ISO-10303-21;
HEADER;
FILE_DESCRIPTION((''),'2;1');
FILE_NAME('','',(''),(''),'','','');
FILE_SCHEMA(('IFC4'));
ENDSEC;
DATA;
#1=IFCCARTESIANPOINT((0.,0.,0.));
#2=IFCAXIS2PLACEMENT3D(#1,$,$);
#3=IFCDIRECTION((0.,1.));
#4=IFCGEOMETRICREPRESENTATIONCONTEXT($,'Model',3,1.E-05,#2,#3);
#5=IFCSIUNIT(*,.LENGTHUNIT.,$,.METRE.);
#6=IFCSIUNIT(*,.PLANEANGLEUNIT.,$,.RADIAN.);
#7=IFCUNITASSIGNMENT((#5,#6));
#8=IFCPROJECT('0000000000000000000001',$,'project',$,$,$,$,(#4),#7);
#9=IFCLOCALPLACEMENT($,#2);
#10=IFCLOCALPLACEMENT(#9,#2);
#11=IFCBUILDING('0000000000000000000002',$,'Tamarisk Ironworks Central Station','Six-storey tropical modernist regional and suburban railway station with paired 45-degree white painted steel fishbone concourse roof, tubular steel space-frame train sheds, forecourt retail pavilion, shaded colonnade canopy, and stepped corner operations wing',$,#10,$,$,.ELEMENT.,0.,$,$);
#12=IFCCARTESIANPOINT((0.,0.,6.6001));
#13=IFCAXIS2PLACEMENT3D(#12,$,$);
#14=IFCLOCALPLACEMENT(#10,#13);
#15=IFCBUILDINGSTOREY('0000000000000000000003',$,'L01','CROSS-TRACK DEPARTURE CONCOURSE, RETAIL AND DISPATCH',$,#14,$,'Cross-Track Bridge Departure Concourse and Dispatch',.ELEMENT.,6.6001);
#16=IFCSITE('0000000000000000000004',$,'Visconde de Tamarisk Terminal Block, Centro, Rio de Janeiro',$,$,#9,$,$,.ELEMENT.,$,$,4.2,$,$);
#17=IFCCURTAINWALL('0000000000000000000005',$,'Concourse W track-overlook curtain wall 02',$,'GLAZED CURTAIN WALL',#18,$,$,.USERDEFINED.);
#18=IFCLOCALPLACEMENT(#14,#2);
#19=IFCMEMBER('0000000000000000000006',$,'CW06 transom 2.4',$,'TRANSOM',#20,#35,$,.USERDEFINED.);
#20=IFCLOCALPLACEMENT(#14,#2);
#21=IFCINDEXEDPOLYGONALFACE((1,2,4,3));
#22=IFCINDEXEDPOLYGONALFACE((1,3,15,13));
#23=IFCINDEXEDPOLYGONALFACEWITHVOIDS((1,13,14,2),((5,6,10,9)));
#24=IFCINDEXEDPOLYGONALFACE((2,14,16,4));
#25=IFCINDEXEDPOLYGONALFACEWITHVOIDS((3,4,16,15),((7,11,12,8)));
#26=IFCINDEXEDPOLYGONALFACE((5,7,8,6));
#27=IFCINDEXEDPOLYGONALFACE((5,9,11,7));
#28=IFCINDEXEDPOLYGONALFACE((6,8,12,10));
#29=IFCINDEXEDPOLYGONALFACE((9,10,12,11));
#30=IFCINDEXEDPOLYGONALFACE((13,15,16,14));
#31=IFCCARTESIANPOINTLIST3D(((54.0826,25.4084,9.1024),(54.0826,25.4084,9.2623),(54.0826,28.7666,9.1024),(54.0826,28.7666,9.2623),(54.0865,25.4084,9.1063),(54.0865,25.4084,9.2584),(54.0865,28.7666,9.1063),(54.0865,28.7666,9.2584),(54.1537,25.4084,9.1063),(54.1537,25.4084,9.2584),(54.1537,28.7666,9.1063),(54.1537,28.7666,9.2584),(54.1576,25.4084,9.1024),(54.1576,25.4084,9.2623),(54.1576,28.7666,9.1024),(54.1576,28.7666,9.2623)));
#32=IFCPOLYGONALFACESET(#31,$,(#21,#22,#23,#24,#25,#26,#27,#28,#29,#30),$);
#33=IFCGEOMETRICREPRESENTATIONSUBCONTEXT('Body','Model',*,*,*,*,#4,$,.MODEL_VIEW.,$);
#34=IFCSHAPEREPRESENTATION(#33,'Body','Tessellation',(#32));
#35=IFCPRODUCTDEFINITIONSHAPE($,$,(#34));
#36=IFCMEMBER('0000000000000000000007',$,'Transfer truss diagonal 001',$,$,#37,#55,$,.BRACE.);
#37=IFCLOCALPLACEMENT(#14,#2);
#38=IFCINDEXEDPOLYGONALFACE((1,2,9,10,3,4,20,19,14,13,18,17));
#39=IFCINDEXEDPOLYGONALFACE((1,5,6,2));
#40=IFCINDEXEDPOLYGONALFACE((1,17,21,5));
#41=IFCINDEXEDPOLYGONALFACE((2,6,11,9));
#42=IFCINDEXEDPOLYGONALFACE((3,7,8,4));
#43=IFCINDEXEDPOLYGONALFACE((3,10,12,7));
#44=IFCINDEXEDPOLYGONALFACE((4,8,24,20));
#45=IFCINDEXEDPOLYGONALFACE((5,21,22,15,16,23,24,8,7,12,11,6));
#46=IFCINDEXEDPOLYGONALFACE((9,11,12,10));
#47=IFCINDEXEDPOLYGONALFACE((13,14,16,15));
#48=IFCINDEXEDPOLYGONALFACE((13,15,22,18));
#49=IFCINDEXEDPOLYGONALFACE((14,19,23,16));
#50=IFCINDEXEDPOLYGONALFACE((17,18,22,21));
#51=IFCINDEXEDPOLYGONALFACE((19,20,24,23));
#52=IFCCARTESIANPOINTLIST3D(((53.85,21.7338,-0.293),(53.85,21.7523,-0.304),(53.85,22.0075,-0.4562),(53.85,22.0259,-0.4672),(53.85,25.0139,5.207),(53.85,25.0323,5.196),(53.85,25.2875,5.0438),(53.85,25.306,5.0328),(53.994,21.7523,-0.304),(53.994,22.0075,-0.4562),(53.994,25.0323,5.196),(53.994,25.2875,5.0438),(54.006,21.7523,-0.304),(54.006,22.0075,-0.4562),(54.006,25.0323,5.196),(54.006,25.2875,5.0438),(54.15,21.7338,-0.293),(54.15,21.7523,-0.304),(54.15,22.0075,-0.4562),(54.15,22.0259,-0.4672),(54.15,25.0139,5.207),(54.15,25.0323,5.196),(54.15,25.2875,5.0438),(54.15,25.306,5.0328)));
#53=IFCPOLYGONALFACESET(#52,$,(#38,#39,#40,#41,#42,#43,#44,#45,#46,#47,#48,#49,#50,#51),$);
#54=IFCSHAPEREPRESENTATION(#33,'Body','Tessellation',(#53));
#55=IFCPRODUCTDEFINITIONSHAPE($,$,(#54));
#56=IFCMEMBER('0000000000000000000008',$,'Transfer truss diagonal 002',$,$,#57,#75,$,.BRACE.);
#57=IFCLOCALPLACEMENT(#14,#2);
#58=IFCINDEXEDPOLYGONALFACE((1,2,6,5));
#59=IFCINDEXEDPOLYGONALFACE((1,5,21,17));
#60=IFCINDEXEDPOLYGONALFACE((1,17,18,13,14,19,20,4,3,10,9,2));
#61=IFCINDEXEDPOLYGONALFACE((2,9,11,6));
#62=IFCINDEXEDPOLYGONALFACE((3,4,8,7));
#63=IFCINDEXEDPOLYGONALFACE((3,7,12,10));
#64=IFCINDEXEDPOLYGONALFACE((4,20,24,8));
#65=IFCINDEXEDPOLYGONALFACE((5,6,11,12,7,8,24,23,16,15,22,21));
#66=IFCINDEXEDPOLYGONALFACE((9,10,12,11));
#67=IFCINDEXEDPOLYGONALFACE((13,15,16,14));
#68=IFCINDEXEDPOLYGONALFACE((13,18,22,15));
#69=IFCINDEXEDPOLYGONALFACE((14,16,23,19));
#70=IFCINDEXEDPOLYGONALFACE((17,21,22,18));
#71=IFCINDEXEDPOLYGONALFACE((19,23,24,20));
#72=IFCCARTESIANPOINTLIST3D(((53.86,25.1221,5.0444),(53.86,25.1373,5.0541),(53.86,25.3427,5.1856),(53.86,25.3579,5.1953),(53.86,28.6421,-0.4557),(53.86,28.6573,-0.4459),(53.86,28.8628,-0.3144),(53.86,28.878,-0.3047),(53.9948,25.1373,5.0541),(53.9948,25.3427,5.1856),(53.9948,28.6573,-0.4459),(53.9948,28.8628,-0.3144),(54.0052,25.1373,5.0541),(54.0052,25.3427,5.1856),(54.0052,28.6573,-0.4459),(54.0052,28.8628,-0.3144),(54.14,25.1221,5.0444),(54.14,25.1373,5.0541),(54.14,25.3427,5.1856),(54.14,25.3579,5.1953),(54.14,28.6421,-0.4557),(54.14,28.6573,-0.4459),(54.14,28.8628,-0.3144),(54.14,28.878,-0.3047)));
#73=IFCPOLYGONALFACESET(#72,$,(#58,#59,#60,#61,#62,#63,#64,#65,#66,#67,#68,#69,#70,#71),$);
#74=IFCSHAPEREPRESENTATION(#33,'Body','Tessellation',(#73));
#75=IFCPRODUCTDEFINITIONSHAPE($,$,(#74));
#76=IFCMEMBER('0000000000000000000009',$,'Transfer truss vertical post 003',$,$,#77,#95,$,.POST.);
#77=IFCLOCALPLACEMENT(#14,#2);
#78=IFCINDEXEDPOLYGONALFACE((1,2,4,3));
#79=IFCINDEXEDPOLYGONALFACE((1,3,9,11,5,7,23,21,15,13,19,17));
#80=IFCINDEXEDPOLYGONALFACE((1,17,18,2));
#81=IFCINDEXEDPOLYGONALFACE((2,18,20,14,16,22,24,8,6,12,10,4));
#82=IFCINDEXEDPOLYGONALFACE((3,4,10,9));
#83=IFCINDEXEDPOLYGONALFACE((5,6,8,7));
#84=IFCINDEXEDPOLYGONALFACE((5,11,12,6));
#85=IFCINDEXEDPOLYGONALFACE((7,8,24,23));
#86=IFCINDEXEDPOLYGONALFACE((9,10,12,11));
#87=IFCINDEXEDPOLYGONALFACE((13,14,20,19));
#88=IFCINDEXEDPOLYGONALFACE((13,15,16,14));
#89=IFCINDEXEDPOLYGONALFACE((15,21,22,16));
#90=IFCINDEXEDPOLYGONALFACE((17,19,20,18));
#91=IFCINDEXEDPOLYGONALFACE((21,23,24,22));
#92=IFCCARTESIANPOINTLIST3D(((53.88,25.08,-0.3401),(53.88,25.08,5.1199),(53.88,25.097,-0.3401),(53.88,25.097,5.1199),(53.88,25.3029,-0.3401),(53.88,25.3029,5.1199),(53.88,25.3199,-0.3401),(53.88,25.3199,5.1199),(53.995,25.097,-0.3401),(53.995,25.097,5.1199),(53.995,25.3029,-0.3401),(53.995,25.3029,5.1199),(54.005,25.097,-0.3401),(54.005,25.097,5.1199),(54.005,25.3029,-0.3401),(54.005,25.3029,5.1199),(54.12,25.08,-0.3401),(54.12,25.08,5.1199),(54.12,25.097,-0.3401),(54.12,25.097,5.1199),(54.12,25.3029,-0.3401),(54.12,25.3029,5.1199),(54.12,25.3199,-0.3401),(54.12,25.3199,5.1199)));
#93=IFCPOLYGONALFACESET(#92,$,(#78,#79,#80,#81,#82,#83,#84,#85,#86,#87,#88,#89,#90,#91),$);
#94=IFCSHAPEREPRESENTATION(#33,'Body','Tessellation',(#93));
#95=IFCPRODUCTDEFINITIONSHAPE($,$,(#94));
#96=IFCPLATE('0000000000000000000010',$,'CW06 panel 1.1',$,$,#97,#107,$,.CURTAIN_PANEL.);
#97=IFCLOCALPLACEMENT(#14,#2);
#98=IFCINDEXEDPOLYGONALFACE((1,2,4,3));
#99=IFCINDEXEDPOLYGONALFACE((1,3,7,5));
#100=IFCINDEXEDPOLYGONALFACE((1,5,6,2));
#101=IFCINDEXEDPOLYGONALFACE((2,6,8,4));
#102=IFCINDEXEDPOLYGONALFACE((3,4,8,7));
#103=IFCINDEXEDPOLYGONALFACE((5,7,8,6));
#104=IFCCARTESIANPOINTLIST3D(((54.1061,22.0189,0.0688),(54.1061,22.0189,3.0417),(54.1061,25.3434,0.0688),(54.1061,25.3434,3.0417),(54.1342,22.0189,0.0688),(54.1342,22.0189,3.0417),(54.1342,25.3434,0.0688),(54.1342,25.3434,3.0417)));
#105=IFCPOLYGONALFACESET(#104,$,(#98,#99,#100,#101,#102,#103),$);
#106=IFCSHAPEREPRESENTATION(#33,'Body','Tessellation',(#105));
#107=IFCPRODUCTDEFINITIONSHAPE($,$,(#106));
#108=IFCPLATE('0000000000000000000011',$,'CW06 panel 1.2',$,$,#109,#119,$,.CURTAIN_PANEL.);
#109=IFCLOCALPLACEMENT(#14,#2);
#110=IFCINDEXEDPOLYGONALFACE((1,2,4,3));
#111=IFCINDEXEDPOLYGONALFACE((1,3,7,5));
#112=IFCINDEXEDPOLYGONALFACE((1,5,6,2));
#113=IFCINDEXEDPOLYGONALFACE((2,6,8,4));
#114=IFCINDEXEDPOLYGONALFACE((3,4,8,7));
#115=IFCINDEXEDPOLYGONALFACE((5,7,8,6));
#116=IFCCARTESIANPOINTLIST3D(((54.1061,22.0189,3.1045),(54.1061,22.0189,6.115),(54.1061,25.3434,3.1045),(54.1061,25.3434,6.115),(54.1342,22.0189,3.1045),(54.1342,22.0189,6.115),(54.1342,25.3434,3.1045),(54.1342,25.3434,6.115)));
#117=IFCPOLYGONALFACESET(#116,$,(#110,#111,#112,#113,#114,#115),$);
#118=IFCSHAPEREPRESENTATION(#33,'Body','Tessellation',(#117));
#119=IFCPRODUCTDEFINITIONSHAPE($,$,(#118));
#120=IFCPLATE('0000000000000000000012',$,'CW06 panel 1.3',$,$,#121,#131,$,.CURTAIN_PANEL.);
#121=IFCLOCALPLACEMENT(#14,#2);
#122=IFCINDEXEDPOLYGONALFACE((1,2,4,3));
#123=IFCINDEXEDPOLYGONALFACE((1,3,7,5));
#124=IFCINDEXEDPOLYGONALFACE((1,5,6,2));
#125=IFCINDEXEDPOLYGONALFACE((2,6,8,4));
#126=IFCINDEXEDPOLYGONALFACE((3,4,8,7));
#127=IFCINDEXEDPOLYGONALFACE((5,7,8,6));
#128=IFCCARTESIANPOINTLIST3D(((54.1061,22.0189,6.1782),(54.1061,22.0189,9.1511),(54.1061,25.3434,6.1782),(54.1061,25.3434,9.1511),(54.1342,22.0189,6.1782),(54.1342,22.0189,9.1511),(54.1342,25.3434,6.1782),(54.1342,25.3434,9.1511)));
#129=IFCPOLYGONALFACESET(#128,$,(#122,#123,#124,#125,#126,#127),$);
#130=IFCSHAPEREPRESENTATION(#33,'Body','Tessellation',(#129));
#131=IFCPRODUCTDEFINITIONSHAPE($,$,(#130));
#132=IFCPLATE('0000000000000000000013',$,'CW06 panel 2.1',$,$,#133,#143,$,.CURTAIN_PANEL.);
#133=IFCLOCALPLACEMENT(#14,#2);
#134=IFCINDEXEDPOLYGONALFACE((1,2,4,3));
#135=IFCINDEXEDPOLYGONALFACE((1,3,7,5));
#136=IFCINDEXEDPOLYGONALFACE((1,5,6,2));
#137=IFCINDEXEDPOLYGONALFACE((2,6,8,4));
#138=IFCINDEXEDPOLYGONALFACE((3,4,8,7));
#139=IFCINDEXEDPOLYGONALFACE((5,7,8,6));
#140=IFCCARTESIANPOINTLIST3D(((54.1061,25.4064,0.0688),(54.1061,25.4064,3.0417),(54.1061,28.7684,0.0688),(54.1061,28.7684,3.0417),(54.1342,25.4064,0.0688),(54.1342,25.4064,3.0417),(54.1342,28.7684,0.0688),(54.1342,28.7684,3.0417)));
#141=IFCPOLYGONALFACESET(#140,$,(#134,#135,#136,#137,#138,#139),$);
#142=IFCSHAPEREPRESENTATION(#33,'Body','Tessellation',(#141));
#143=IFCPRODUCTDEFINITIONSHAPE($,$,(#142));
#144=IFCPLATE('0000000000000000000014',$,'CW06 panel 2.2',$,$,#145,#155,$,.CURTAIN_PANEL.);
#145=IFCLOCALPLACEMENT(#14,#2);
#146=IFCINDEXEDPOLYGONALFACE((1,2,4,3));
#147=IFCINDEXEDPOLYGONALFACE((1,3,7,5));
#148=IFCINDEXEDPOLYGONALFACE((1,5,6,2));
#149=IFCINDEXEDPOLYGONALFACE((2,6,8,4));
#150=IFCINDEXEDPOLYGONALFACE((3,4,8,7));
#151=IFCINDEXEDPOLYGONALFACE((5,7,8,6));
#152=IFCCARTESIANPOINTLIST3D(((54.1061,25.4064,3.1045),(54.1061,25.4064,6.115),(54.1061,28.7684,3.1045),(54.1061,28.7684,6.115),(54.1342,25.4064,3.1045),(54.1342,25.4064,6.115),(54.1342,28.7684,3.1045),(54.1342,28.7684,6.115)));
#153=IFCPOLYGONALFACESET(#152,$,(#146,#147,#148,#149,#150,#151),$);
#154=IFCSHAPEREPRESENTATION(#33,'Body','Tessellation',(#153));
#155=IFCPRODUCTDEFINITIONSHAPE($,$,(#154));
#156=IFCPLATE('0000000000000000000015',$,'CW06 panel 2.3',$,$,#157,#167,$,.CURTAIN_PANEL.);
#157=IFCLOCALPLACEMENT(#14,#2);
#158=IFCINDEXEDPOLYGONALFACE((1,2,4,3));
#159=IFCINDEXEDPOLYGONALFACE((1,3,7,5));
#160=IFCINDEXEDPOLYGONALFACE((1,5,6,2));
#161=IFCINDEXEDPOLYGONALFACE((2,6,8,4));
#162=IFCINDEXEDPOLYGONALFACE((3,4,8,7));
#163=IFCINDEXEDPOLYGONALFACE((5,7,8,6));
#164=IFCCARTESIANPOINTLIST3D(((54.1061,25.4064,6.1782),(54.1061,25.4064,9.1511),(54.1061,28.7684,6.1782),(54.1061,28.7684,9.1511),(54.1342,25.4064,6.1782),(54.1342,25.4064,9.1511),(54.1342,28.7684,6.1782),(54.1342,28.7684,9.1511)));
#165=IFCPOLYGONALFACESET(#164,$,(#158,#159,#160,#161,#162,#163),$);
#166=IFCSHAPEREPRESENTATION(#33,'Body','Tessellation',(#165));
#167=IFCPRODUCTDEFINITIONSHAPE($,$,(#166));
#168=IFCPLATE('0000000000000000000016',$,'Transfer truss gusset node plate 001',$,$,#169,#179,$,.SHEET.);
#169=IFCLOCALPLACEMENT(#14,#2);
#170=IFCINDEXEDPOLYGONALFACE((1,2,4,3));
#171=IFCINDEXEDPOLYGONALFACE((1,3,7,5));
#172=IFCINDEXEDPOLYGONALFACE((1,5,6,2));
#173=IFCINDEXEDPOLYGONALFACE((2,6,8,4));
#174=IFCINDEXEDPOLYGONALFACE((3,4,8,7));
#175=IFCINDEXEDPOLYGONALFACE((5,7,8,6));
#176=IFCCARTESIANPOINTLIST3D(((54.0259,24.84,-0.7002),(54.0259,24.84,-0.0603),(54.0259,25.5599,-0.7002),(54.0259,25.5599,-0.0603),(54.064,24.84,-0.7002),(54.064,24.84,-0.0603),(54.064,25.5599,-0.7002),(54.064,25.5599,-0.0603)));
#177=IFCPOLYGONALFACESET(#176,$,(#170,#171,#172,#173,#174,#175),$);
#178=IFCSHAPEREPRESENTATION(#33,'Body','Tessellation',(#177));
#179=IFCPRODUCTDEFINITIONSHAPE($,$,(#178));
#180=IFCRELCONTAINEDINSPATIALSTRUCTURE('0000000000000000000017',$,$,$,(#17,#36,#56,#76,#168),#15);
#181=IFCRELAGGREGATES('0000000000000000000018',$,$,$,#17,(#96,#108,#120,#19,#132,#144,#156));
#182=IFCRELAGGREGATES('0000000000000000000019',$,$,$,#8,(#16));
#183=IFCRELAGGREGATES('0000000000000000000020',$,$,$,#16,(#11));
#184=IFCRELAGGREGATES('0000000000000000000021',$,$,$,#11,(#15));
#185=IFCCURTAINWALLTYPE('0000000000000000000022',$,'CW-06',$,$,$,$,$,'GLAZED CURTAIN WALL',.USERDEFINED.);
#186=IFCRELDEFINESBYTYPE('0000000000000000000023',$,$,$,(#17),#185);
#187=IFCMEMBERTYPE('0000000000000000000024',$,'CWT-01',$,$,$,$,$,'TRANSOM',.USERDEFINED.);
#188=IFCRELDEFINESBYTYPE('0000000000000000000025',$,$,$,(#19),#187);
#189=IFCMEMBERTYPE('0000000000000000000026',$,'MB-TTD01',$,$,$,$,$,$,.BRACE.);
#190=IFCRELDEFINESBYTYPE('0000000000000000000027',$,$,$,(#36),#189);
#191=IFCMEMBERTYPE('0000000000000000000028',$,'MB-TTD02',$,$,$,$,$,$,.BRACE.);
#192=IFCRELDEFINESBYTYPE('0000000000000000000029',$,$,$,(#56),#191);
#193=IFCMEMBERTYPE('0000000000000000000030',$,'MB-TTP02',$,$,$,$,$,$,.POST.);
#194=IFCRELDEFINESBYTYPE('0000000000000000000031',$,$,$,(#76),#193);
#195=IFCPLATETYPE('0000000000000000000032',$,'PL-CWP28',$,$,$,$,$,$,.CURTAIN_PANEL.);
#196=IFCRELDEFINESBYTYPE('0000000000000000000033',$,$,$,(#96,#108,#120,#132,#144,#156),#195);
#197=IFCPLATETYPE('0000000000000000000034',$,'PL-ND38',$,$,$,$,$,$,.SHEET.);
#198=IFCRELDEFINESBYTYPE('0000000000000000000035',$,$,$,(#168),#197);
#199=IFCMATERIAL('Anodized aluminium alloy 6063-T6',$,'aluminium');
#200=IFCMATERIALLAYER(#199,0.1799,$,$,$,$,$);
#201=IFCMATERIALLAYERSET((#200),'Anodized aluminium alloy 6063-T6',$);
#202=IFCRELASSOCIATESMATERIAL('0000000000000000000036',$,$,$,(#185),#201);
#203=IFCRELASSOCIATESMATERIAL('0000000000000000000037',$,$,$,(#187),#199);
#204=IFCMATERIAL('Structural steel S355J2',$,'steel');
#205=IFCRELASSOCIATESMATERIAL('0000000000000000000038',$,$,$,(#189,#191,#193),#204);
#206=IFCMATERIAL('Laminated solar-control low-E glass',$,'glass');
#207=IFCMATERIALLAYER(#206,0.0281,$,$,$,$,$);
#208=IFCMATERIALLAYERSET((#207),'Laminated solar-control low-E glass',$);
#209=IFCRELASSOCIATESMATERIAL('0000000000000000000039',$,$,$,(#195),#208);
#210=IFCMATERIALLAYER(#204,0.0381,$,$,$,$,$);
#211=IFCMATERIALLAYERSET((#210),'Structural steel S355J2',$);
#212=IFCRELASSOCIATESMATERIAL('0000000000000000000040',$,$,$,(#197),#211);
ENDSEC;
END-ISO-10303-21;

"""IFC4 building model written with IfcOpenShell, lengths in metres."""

from ifc_helpers import new_model, si_unit, direction, frame, origin, origin_2d, place, context, subcontext, project, spatial, rectangle, hollow_rectangle, i_section, extrude, material, layer, layer_set, material_profile, profile_set, type_object, element, aggregate, save


model = new_model("IFC4")

# Units and contexts
model_context = context("Model", 3, precision=1e-05, world=origin(), true_north=direction((0.0, 1.0)))
body_context = subcontext(model_context, "Body", "Model", "MODEL_VIEW")
ifc_project = project(units=[si_unit("LENGTHUNIT", "METRE"), si_unit("PLANEANGLEUNIT", "RADIAN")], contexts=[model_context])

# Site, building, storey
site_placement = place(None, origin())
site = spatial("IfcSite", under=ifc_project, at=site_placement, Name="Visconde de Tamarisk Terminal Block, Centro, Rio de Janeiro", CompositionType="ELEMENT", RefElevation=4.2)
building_placement = place(site_placement, origin())
building = spatial("IfcBuilding", under=site, at=building_placement, Name="Tamarisk Ironworks Central Station", Description="Six-storey tropical modernist regional and suburban railway station with paired 45-degree white painted steel fishbone concourse roof, tubular steel space-frame train sheds, forecourt retail pavilion, shaded colonnade canopy, and stepped corner operations wing", CompositionType="ELEMENT", ElevationOfRefHeight=0.0)
storey_placement = place(building_placement, frame((0.0, 0.0, 6.6001)))
storey = spatial("IfcBuildingStorey", under=building, at=storey_placement, Name="L01", Description="CROSS-TRACK DEPARTURE CONCOURSE, RETAIL AND DISPATCH", LongName="Cross-Track Bridge Departure Concourse and Dispatch", CompositionType="ELEMENT", Elevation=6.6001)

# Shared definitions
ifc_material_1 = material(Name="Structural steel S355J2", Category="steel")

# Curtain wall, member
ifc_material_2 = material(Name="Anodized aluminium alloy 6063-T6", Category="aluminium")
ifc_layer_1 = layer(ifc_material_2, 0.1799)
ifc_layer_set_1 = layer_set([ifc_layer_1], Name="Anodized aluminium alloy 6063-T6")
curtain_wall_type = type_object("IfcCurtainWallType", Name="CW-06", ElementType="GLAZED CURTAIN WALL", PredefinedType="USERDEFINED", material=ifc_layer_set_1)
curtain_wall_placement = place(storey_placement, origin())
curtain_wall = element("IfcCurtainWall", 1, at=curtain_wall_placement, inside=storey, type_object=curtain_wall_type, Name="Concourse W track-overlook curtain wall 02", ObjectType="GLAZED CURTAIN WALL", PredefinedType="USERDEFINED")
ifc_material_profile_1 = material_profile(ifc_material_2, hollow_rectangle(XDim=0.075, YDim=0.1599, WallThickness=0.0039, at=origin_2d()), Name="ALUM 160x75")
ifc_profile_set_1 = profile_set([ifc_material_profile_1], Name="Anodized aluminium alloy 6063-T6")
member_type_1 = type_object("IfcMemberType", Name="CWT-01", ElementType="TRANSOM", PredefinedType="USERDEFINED", material=ifc_profile_set_1)
member_1_placement = place(storey_placement, frame((54.1201, 25.4084, 9.1824), z_axis=(0.0, 1.0, 0.0), x_axis=(-1.0, 0.0, 0.0)))
member_1 = element("IfcMember", 2, at=member_1_placement, type_object=member_type_1, Name="CW06 transom 2.4", ObjectType="TRANSOM", PredefinedType="USERDEFINED", context=body_context, shape_type="SweptSolid", body=[
    extrude(hollow_rectangle(XDim=0.075, YDim=0.1599, WallThickness=0.0039, at=origin_2d()), origin(), (0.0, 0.0, 1.0), 3.3582),
])

# Members
ifc_material_profile_2 = material_profile(ifc_material_1, i_section(OverallWidth=0.3, OverallDepth=0.3401, WebThickness=0.012, FlangeThickness=0.0215, at=origin_2d()), Name="HEB 340")
ifc_profile_set_2 = profile_set([ifc_material_profile_2], Name="Structural steel S355J2")
member_type_2 = type_object("IfcMemberType", Name="MB-TTD01", PredefinedType="BRACE", material=ifc_profile_set_2)
member_2_placement = place(storey_placement, frame((54.0, 21.8799, -0.3801), z_axis=(0.0, 0.512201, 0.858866), x_axis=(-1.0, 0.0, 0.0)))
element("IfcMember", 3, at=member_2_placement, inside=storey, type_object=member_type_2, Name="Transfer truss diagonal 001", PredefinedType="BRACE", context=body_context, shape_type="SweptSolid", body=[
    extrude(i_section(OverallWidth=0.3, OverallDepth=0.3401, WebThickness=0.012, FlangeThickness=0.0215, at=origin_2d()), origin(), (0.0, 0.0, 1.0), 6.4038),
])
ifc_material_profile_3 = material_profile(ifc_material_1, i_section(OverallWidth=0.28, OverallDepth=0.28, WebThickness=0.0105, FlangeThickness=0.0181, at=origin_2d()), Name="HEB 280")
ifc_profile_set_3 = profile_set([ifc_material_profile_3], Name="Structural steel S355J2")
member_type_3 = type_object("IfcMemberType", Name="MB-TTD02", PredefinedType="BRACE", material=ifc_profile_set_3)
member_3_placement = place(storey_placement, frame((54.0, 25.24, 5.1199), z_axis=(0.0, 0.539056, -0.84227), x_axis=(-1.0, 0.0, 0.0)))
element("IfcMember", 4, at=member_3_placement, inside=storey, type_object=member_type_3, Name="Transfer truss diagonal 002", PredefinedType="BRACE", context=body_context, shape_type="SweptSolid", body=[
    extrude(i_section(OverallWidth=0.28, OverallDepth=0.28, WebThickness=0.0105, FlangeThickness=0.0181, at=origin_2d()), origin(), (0.0, 0.0, 1.0), 6.53),
])
ifc_material_profile_4 = material_profile(ifc_material_1, i_section(OverallWidth=0.24, OverallDepth=0.24, WebThickness=0.01, FlangeThickness=0.0171, at=origin_2d()), Name="HEB 240")
ifc_profile_set_4 = profile_set([ifc_material_profile_4], Name="Structural steel S355J2")
member_type_4 = type_object("IfcMemberType", Name="MB-TTP02", PredefinedType="POST", material=ifc_profile_set_4)
member_4_placement = place(storey_placement, frame((54.0, 25.2, -0.3401), z_axis=(0.0, 0.0, 1.0), x_axis=(1.0, 0.0, 0.0)))
element("IfcMember", 5, at=member_4_placement, inside=storey, type_object=member_type_4, Name="Transfer truss vertical post 003", PredefinedType="POST", context=body_context, shape_type="SweptSolid", body=[
    extrude(i_section(OverallWidth=0.24, OverallDepth=0.24, WebThickness=0.01, FlangeThickness=0.0171, at=origin_2d()), origin(), (0.0, 0.0, 1.0), 5.46),
])

# Plates
ifc_material_3 = material(Name="Laminated solar-control low-E glass", Category="glass")
ifc_layer_2 = layer(ifc_material_3, 0.0281)
ifc_layer_set_2 = layer_set([ifc_layer_2], Name="Laminated solar-control low-E glass")
plate_type_1 = type_object("IfcPlateType", Name="PL-CWP28", PredefinedType="CURTAIN_PANEL", material=ifc_layer_set_2)
plate_1_placement = place(storey_placement, frame((54.1201, 23.6812, 0.0688), z_axis=(0.0, 0.0, 1.0), x_axis=(0.0, 1.0, 0.0)))
plate_1 = element("IfcPlate", 6, at=plate_1_placement, type_object=plate_type_1, Name="CW06 panel 1.1", PredefinedType="CURTAIN_PANEL", context=body_context, shape_type="SweptSolid", body=[
    extrude(rectangle(XDim=3.3245, YDim=0.0281, at=origin_2d()), origin(), (0.0, 0.0, 1.0), 2.9729),
])
plate_2_placement = place(storey_placement, frame((54.1201, 23.6812, 3.1045), z_axis=(0.0, 0.0, 1.0), x_axis=(0.0, 1.0, 0.0)))
plate_2 = element("IfcPlate", 7, at=plate_2_placement, type_object=plate_type_1, Name="CW06 panel 1.2", PredefinedType="CURTAIN_PANEL", context=body_context, shape_type="SweptSolid", body=[
    extrude(rectangle(XDim=3.3245, YDim=0.0281, at=origin_2d()), origin(), (0.0, 0.0, 1.0), 3.0105),
])
plate_3_placement = place(storey_placement, frame((54.1201, 23.6812, 6.1782), z_axis=(0.0, 0.0, 1.0), x_axis=(0.0, 1.0, 0.0)))
plate_3 = element("IfcPlate", 8, at=plate_3_placement, type_object=plate_type_1, Name="CW06 panel 1.3", PredefinedType="CURTAIN_PANEL", context=body_context, shape_type="SweptSolid", body=[
    extrude(rectangle(XDim=3.3245, YDim=0.0281, at=origin_2d()), origin(), (0.0, 0.0, 1.0), 2.9729),
])
plate_4_placement = place(storey_placement, frame((54.1201, 27.0874, 0.0688), z_axis=(0.0, 0.0, 1.0), x_axis=(0.0, 1.0, 0.0)))
plate_4 = element("IfcPlate", 9, at=plate_4_placement, type_object=plate_type_1, Name="CW06 panel 2.1", PredefinedType="CURTAIN_PANEL", context=body_context, shape_type="SweptSolid", body=[
    extrude(rectangle(XDim=3.3621, YDim=0.0281, at=origin_2d()), origin(), (0.0, 0.0, 1.0), 2.9729),
])
plate_5_placement = place(storey_placement, frame((54.1201, 27.0874, 3.1045), z_axis=(0.0, 0.0, 1.0), x_axis=(0.0, 1.0, 0.0)))
plate_5 = element("IfcPlate", 10, at=plate_5_placement, type_object=plate_type_1, Name="CW06 panel 2.2", PredefinedType="CURTAIN_PANEL", context=body_context, shape_type="SweptSolid", body=[
    extrude(rectangle(XDim=3.3621, YDim=0.0281, at=origin_2d()), origin(), (0.0, 0.0, 1.0), 3.0105),
])
plate_6_placement = place(storey_placement, frame((54.1201, 27.0874, 6.1782), z_axis=(0.0, 0.0, 1.0), x_axis=(0.0, 1.0, 0.0)))
plate_6 = element("IfcPlate", 11, at=plate_6_placement, type_object=plate_type_1, Name="CW06 panel 2.3", PredefinedType="CURTAIN_PANEL", context=body_context, shape_type="SweptSolid", body=[
    extrude(rectangle(XDim=3.3621, YDim=0.0281, at=origin_2d()), origin(), (0.0, 0.0, 1.0), 2.9729),
])
aggregate(curtain_wall, [plate_1, plate_2, plate_3, member_1, plate_4, plate_5, plate_6])

# Plate
ifc_layer_3 = layer(ifc_material_1, 0.0381)
ifc_layer_set_3 = layer_set([ifc_layer_3], Name="Structural steel S355J2")
plate_type_2 = type_object("IfcPlateType", Name="PL-ND38", PredefinedType="SHEET", material=ifc_layer_set_3)
for number, where, z_axis, x_axis, name in (
    (12, (54.0449, 25.2, -0.7002), (0.0, 0.0, 1.0), (1.0, 0.0, 0.0), "Transfer truss gusset node plate 001"),
):
    element("IfcPlate", number, at=place(storey_placement, frame(where, z_axis=z_axis, x_axis=x_axis)), inside=storey, type_object=plate_type_2, Name=name, PredefinedType="SHEET", context=body_context, shape_type="SweptSolid", body=[
        extrude(rectangle(XDim=0.0381, YDim=0.72, at=origin_2d()), origin(), (0.0, 0.0, 1.0), 0.6399),
    ])

save(model, "model.ifc")
